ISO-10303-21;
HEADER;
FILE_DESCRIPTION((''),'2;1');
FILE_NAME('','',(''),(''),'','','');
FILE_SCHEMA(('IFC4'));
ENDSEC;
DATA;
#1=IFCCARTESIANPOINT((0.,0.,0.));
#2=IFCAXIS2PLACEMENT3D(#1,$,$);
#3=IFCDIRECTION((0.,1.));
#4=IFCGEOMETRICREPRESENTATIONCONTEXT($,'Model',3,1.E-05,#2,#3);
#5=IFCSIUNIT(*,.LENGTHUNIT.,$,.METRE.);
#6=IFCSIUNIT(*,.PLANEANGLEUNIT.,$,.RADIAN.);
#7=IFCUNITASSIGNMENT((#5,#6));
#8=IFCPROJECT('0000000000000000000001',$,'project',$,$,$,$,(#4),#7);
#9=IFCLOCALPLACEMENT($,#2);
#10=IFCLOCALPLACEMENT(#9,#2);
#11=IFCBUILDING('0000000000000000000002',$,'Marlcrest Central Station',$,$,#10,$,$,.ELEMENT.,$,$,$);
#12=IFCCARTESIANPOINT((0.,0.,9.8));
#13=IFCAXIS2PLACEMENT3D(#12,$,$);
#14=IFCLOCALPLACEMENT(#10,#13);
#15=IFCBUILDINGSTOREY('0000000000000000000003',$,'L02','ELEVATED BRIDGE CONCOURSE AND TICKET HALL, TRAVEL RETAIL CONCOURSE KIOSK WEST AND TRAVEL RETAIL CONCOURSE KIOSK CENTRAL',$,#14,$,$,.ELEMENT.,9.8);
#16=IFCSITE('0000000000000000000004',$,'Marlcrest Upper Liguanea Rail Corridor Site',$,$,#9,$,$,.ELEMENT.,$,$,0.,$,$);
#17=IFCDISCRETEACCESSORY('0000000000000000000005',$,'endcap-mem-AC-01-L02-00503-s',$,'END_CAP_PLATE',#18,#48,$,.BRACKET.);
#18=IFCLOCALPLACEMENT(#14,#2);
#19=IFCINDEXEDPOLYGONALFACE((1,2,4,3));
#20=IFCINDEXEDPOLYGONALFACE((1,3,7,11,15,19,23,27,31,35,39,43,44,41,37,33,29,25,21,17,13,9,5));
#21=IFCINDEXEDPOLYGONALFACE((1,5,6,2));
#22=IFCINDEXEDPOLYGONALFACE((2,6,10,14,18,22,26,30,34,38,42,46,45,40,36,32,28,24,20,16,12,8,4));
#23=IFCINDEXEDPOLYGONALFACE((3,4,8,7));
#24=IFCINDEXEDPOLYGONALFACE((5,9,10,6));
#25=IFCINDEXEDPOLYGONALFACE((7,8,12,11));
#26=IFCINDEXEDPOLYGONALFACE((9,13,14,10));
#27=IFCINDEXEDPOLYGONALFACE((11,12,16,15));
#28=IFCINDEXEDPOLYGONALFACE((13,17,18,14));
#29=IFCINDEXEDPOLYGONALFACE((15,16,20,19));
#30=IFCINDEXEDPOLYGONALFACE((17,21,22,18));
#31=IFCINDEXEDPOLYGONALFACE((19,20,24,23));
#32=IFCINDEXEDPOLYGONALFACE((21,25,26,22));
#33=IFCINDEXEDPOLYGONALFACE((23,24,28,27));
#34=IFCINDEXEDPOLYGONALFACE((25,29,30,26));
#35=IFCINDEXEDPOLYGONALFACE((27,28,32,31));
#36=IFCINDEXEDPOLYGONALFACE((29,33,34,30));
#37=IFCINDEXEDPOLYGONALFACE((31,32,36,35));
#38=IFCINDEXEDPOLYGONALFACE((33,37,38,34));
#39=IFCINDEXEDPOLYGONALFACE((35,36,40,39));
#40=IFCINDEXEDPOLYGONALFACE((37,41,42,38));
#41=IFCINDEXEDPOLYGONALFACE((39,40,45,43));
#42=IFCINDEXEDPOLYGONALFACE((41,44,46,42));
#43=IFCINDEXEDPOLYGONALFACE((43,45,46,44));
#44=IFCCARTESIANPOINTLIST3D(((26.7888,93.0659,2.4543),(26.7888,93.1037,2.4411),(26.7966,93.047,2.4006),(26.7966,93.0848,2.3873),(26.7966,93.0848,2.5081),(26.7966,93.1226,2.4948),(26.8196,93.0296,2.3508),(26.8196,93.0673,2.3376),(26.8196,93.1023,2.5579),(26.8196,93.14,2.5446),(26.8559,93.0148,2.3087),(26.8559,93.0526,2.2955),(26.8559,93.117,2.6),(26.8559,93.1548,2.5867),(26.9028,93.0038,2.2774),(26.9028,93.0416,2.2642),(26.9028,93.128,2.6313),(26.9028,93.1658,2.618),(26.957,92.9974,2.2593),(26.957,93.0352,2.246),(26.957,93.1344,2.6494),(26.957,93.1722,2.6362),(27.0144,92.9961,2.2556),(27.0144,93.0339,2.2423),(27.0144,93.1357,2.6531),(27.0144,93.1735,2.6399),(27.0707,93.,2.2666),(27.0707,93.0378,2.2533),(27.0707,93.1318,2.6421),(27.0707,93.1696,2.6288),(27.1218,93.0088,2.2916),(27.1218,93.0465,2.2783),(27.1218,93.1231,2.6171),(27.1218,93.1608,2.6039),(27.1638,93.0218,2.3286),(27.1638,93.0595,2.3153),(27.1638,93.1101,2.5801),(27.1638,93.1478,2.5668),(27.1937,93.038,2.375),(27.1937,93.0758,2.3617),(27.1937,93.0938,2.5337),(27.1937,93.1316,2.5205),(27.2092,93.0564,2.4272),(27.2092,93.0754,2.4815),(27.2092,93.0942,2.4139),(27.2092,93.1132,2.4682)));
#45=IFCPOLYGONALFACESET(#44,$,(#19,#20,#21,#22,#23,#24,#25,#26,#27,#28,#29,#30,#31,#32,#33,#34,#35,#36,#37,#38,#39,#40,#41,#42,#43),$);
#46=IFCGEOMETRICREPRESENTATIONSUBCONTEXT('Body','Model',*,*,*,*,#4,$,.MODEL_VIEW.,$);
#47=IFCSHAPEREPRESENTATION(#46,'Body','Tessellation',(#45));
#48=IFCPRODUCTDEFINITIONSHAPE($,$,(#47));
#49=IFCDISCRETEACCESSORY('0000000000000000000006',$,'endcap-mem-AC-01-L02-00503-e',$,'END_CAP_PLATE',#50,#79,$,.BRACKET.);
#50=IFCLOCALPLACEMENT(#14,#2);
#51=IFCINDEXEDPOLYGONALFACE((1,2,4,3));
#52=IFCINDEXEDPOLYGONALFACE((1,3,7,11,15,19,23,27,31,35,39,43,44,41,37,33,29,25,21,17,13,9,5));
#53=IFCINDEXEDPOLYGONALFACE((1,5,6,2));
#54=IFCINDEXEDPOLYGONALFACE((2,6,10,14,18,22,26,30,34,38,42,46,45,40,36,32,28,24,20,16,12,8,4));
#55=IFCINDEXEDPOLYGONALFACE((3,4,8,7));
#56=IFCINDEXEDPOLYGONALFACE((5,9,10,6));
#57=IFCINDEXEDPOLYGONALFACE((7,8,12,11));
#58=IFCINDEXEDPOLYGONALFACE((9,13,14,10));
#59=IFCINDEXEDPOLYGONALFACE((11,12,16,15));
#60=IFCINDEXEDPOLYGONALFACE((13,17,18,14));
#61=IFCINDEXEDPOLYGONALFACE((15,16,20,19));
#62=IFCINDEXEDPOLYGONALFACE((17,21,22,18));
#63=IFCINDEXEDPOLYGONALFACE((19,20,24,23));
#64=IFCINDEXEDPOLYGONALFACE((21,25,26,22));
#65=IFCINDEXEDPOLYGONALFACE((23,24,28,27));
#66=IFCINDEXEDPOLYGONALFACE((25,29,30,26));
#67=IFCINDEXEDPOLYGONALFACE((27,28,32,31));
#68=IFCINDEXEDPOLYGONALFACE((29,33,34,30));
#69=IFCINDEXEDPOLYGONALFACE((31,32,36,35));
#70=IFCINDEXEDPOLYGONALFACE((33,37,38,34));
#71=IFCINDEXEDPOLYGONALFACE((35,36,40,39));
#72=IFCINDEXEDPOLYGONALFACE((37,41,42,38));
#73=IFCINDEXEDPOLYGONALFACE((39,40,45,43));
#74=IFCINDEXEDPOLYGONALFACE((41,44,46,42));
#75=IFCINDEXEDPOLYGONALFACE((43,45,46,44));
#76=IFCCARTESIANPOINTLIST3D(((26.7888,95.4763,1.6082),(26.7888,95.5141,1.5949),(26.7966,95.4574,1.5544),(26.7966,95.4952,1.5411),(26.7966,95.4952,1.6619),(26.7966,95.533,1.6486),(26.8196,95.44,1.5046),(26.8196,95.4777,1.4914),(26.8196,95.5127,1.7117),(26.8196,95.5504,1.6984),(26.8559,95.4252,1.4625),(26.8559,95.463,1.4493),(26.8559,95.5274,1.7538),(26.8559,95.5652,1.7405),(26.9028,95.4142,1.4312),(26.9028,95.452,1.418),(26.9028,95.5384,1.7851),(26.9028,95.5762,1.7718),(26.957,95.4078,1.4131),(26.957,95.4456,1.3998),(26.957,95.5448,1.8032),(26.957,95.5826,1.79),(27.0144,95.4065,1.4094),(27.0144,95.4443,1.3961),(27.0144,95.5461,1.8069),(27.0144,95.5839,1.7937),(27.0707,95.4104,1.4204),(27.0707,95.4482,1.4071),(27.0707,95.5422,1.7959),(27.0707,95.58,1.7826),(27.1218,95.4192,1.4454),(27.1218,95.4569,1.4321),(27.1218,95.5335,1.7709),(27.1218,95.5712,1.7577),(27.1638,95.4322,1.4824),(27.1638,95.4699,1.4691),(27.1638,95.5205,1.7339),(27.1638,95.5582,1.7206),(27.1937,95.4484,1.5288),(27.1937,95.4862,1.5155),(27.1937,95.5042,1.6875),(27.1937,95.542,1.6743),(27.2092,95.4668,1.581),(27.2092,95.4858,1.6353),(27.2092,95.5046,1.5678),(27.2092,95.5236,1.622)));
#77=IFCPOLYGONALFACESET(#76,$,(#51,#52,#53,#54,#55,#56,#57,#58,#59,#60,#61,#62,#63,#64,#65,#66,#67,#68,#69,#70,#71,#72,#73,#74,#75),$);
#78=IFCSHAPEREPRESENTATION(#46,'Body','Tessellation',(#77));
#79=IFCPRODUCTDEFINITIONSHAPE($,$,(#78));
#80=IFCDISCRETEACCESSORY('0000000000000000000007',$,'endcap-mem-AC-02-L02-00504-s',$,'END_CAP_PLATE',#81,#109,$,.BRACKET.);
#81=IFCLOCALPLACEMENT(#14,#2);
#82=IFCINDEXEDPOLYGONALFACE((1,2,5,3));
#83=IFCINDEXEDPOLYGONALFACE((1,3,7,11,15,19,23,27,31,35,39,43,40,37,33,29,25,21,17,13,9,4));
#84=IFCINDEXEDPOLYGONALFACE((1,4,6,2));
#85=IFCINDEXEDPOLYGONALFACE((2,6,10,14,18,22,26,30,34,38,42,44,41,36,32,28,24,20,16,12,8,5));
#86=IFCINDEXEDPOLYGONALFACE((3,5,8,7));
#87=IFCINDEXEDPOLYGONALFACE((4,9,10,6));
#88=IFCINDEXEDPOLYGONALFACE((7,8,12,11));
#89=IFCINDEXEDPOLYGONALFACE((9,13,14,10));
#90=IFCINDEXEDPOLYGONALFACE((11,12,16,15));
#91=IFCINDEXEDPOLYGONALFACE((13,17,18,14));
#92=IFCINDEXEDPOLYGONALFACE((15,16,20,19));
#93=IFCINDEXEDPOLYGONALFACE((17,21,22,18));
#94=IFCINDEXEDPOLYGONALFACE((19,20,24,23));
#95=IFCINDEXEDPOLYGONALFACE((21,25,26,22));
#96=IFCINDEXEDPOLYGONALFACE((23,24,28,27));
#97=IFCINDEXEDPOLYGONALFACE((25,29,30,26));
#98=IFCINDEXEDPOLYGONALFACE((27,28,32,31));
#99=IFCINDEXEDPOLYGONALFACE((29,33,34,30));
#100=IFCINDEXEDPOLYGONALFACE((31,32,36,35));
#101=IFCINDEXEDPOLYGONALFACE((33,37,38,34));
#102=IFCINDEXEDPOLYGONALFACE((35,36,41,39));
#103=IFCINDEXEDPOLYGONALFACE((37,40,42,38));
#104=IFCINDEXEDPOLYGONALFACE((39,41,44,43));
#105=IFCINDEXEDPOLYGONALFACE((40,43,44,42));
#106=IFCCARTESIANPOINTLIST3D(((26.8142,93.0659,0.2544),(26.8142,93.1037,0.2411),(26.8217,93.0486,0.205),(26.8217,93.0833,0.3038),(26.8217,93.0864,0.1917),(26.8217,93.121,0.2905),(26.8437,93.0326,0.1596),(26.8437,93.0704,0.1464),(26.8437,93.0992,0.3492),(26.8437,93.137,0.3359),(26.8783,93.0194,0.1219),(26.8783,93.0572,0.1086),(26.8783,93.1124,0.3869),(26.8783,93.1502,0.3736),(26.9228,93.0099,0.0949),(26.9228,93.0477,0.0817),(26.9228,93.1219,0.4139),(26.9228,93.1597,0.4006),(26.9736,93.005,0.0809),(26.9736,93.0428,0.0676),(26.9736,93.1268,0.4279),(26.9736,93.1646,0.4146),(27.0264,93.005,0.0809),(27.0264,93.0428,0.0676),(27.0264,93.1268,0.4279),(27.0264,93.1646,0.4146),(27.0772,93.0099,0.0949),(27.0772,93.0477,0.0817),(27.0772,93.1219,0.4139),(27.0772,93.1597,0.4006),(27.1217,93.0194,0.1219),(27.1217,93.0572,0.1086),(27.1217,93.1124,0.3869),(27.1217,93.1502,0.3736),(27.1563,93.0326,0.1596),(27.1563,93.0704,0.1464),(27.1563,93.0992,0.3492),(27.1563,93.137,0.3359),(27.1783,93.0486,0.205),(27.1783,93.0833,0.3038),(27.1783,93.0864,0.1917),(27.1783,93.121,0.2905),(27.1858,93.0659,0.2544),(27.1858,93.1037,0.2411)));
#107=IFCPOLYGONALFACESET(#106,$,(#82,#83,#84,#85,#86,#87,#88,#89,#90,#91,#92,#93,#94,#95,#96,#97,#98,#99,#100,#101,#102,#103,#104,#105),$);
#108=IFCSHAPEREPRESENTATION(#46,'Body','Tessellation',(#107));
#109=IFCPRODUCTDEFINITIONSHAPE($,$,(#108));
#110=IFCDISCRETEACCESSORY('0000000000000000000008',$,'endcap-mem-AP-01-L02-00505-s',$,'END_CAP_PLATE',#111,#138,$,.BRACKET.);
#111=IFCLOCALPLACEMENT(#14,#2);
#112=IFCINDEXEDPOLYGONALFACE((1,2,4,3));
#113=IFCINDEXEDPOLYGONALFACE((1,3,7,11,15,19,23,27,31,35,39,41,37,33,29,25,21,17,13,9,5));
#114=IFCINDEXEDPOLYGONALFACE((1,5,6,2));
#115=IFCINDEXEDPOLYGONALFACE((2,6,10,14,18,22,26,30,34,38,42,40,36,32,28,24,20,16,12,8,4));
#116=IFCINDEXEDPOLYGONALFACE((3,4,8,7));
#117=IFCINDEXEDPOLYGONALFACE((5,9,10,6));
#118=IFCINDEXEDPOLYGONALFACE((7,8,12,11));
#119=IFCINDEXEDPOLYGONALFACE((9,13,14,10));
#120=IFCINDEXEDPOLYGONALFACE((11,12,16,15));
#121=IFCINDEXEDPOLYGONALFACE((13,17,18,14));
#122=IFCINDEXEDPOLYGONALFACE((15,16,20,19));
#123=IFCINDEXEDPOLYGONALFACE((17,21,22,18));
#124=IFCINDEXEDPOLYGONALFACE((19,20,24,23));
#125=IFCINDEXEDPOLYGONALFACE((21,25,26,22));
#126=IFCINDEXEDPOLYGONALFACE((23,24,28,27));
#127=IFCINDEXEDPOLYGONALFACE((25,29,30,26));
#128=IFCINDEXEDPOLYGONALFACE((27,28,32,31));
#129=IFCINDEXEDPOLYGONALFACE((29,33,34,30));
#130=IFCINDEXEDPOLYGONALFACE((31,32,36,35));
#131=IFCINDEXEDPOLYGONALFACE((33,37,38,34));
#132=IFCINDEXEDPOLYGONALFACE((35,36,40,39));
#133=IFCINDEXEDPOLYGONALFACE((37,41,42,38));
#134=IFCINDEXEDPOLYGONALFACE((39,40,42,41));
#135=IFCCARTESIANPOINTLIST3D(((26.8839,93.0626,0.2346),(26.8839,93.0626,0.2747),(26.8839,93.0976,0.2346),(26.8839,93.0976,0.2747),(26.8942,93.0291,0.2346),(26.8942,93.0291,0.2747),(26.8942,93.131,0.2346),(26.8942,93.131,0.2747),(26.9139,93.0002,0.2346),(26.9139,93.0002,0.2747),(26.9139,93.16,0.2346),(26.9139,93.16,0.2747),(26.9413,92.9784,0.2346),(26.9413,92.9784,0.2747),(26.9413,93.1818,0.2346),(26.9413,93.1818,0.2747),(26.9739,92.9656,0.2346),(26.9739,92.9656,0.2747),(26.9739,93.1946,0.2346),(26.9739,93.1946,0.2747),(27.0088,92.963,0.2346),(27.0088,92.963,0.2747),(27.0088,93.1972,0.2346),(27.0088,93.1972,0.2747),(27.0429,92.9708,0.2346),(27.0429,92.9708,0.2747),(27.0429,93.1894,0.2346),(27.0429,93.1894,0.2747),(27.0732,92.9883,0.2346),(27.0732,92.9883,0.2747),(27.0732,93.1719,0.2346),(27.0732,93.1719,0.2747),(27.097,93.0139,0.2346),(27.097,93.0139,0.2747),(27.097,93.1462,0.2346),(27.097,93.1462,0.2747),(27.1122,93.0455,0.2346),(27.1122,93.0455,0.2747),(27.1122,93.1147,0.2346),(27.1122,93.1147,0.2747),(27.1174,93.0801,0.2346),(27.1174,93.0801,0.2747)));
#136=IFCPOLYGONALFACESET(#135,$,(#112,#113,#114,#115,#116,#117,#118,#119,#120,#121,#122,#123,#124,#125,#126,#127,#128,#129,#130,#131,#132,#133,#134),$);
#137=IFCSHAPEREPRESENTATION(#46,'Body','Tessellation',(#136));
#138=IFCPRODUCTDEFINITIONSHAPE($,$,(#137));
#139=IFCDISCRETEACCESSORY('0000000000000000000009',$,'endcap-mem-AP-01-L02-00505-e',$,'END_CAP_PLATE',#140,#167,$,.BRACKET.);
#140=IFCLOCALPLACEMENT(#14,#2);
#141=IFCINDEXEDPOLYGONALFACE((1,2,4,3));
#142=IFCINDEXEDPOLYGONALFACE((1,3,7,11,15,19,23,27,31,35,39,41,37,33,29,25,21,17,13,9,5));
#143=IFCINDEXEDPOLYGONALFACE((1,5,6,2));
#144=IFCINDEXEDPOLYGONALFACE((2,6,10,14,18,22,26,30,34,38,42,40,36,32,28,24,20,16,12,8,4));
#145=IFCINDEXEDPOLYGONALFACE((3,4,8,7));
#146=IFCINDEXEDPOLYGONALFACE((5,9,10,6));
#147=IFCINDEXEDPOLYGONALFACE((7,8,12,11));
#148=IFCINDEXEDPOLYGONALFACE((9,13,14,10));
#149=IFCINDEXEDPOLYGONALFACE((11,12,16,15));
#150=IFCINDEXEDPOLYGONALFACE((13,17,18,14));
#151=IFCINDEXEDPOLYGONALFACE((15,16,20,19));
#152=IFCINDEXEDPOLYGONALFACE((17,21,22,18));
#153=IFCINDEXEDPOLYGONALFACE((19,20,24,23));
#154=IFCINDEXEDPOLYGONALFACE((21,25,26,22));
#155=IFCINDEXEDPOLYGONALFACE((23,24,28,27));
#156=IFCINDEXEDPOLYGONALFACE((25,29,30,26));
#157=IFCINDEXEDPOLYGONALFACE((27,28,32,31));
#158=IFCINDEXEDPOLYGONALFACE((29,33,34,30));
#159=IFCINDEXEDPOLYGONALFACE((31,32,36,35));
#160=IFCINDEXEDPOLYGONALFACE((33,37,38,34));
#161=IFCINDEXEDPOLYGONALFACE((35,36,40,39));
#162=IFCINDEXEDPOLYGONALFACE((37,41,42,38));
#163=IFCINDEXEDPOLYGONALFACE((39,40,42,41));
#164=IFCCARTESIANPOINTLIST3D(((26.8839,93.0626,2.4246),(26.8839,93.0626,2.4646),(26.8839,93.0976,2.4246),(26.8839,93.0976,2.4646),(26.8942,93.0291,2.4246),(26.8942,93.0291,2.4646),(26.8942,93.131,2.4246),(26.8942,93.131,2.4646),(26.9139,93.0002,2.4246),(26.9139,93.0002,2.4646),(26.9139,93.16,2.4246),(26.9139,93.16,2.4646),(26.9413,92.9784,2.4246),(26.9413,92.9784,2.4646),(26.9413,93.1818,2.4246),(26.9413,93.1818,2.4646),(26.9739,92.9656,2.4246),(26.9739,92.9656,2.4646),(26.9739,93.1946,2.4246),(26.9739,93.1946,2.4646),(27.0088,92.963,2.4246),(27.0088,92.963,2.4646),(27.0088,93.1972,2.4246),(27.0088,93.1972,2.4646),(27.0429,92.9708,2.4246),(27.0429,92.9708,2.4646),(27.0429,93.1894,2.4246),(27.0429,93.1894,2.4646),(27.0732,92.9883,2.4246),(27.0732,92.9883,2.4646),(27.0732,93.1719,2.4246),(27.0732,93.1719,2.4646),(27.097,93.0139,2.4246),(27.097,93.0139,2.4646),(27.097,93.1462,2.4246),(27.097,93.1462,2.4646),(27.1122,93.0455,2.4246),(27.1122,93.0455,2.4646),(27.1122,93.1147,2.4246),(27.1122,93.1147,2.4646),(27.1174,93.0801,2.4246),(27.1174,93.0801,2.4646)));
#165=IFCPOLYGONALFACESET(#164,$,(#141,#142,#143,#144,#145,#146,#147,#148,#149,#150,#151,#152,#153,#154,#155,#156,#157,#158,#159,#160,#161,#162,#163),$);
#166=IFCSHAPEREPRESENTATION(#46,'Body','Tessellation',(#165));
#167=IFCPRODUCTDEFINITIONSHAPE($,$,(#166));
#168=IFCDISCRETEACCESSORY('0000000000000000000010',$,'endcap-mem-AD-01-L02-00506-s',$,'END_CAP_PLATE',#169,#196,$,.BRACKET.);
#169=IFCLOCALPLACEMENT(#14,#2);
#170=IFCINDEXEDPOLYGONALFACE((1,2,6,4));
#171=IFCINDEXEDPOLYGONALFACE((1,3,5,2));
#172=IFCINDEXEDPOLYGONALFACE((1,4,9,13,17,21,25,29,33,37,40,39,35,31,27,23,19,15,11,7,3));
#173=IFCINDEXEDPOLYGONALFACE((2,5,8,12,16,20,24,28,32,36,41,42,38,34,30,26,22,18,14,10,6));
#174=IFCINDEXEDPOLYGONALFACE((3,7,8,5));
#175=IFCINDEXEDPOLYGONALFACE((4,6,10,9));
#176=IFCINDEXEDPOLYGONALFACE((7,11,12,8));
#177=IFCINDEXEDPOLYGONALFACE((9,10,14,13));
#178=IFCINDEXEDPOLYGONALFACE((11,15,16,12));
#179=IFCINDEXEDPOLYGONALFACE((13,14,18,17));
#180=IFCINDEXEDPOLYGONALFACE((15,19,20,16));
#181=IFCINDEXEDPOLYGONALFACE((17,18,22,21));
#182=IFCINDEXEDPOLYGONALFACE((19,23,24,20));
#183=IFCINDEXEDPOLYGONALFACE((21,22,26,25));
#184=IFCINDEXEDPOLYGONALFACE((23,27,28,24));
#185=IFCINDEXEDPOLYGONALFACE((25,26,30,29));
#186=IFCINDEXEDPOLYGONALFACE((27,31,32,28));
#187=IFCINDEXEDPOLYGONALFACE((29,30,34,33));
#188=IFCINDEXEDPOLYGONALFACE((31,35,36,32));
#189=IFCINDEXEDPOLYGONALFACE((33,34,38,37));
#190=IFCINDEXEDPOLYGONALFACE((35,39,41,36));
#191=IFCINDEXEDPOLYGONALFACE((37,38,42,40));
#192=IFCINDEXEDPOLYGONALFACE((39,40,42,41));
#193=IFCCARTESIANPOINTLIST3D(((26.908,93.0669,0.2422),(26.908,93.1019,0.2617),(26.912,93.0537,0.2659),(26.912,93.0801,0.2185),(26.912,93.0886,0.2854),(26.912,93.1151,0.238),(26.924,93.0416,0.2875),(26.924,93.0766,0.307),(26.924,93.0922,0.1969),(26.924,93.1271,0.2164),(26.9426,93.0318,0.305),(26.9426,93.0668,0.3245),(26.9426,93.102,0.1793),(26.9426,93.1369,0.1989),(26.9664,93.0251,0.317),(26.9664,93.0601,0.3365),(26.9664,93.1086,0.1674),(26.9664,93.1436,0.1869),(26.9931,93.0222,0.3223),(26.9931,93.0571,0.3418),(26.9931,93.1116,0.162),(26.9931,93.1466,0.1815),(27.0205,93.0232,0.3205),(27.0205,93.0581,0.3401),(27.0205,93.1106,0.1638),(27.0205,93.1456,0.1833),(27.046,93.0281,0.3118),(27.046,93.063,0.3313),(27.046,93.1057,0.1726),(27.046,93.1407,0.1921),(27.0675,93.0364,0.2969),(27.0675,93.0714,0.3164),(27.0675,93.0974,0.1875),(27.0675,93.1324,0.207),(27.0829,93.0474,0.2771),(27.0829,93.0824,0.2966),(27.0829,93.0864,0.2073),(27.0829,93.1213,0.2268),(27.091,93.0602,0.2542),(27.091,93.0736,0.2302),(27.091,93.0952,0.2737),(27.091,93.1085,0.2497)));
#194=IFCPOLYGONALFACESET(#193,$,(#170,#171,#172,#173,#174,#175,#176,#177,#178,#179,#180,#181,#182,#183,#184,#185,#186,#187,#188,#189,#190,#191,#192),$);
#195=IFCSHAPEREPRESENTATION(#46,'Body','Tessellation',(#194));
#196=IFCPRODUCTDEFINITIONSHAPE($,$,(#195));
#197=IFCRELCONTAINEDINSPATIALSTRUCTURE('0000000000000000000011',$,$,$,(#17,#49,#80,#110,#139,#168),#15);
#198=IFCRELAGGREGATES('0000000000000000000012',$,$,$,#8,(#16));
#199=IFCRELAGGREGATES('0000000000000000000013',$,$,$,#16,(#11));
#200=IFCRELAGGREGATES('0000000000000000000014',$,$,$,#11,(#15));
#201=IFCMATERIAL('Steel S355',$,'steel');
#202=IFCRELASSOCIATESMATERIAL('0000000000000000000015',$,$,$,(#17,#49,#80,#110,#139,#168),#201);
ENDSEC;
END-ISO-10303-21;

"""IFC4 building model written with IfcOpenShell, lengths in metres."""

from ifc_helpers import new_model, si_unit, direction, frame, origin, origin_2d, place, context, subcontext, project, spatial, circle, extrude, material, element, save


model = new_model("IFC4")

# Units and contexts
model_context = context("Model", 3, precision=1e-05, world=origin(), true_north=direction((0.0, 1.0)))
body_context = subcontext(model_context, "Body", "Model", "MODEL_VIEW")
ifc_project = project(units=[si_unit("LENGTHUNIT", "METRE"), si_unit("PLANEANGLEUNIT", "RADIAN")], contexts=[model_context])

# Site, building, storey
site_placement = place(None, origin())
site = spatial("IfcSite", under=ifc_project, at=site_placement, Name="Marlcrest Upper Liguanea Rail Corridor Site", CompositionType="ELEMENT", RefElevation=0.0)
building_placement = place(site_placement, origin())
building = spatial("IfcBuilding", under=site, at=building_placement, Name="Marlcrest Central Station", CompositionType="ELEMENT")
storey_placement = place(building_placement, frame((0.0, 0.0, 9.8)))
storey = spatial("IfcBuildingStorey", under=building, at=storey_placement, Name="L02", Description="ELEVATED BRIDGE CONCOURSE AND TICKET HALL, TRAVEL RETAIL CONCOURSE KIOSK WEST AND TRAVEL RETAIL CONCOURSE KIOSK CENTRAL", CompositionType="ELEMENT", Elevation=9.8)

# Shared definitions
ifc_material_1 = material(Name="Steel S355", Category="steel")

# Discrete accessories
for number, where, z_axis, x_axis, name in (
    (1, (27.0, 93.0659, 2.4543), (0.0, 0.943537, -0.331266), (-1.0, 0.0, 0.0), "endcap-mem-AC-01-L02-00503-s"),
    (2, (27.0, 95.4763, 1.6082), (0.0, 0.943537, -0.331266), (-1.0, 0.0, 0.0), "endcap-mem-AC-01-L02-00503-e"),
):
    element("IfcDiscreteAccessory", number, at=place(storey_placement, frame(where, z_axis=z_axis, x_axis=x_axis)), inside=storey, material=ifc_material_1, Name=name, ObjectType="END_CAP_PLATE", PredefinedType="BRACKET", context=body_context, shape_type="SweptSolid", body=[
        extrude(circle(Radius=0.2112, at=origin_2d()), origin(), (0.0, 0.0, 1.0), 0.04),
    ])
discrete_accessory_1_placement = place(storey_placement, frame((27.0, 93.0659, 0.2544), z_axis=(0.0, 0.943537, -0.331266), x_axis=(-1.0, 0.0, 0.0)))
element("IfcDiscreteAccessory", 3, at=discrete_accessory_1_placement, inside=storey, material=ifc_material_1, Name="endcap-mem-AC-02-L02-00504-s", ObjectType="END_CAP_PLATE", PredefinedType="BRACKET", context=body_context, shape_type="SweptSolid", body=[
    extrude(circle(Radius=0.1858, at=origin_2d()), origin(), (0.0, 0.0, 1.0), 0.04),
])
for number, where, z_axis, x_axis, name in (
    (4, (27.0, 93.0801, 0.2346), (0.0, 0.0, 1.0), (1.0, 0.0, 0.0), "endcap-mem-AP-01-L02-00505-s"),
    (5, (27.0, 93.0801, 2.4246), (0.0, 0.0, 1.0), (1.0, 0.0, 0.0), "endcap-mem-AP-01-L02-00505-e"),
):
    element("IfcDiscreteAccessory", number, at=place(storey_placement, frame(where, z_axis=z_axis, x_axis=x_axis)), inside=storey, material=ifc_material_1, Name=name, ObjectType="END_CAP_PLATE", PredefinedType="BRACKET", context=body_context, shape_type="SweptSolid", body=[
        extrude(circle(Radius=0.1174, at=origin_2d()), origin(), (0.0, 0.0, 1.0), 0.04),
    ])
discrete_accessory_2_placement = place(storey_placement, frame((27.0, 93.0669, 0.2422), z_axis=(0.0, 0.873246, 0.48728), x_axis=(-1.0, 0.0, 0.0)))
element("IfcDiscreteAccessory", 6, at=discrete_accessory_2_placement, inside=storey, material=ifc_material_1, Name="endcap-mem-AD-01-L02-00506-s", ObjectType="END_CAP_PLATE", PredefinedType="BRACKET", context=body_context, shape_type="SweptSolid", body=[
    extrude(circle(Radius=0.092, at=origin_2d()), origin(), (0.0, 0.0, 1.0), 0.04),
])

save(model, "model.ifc")
